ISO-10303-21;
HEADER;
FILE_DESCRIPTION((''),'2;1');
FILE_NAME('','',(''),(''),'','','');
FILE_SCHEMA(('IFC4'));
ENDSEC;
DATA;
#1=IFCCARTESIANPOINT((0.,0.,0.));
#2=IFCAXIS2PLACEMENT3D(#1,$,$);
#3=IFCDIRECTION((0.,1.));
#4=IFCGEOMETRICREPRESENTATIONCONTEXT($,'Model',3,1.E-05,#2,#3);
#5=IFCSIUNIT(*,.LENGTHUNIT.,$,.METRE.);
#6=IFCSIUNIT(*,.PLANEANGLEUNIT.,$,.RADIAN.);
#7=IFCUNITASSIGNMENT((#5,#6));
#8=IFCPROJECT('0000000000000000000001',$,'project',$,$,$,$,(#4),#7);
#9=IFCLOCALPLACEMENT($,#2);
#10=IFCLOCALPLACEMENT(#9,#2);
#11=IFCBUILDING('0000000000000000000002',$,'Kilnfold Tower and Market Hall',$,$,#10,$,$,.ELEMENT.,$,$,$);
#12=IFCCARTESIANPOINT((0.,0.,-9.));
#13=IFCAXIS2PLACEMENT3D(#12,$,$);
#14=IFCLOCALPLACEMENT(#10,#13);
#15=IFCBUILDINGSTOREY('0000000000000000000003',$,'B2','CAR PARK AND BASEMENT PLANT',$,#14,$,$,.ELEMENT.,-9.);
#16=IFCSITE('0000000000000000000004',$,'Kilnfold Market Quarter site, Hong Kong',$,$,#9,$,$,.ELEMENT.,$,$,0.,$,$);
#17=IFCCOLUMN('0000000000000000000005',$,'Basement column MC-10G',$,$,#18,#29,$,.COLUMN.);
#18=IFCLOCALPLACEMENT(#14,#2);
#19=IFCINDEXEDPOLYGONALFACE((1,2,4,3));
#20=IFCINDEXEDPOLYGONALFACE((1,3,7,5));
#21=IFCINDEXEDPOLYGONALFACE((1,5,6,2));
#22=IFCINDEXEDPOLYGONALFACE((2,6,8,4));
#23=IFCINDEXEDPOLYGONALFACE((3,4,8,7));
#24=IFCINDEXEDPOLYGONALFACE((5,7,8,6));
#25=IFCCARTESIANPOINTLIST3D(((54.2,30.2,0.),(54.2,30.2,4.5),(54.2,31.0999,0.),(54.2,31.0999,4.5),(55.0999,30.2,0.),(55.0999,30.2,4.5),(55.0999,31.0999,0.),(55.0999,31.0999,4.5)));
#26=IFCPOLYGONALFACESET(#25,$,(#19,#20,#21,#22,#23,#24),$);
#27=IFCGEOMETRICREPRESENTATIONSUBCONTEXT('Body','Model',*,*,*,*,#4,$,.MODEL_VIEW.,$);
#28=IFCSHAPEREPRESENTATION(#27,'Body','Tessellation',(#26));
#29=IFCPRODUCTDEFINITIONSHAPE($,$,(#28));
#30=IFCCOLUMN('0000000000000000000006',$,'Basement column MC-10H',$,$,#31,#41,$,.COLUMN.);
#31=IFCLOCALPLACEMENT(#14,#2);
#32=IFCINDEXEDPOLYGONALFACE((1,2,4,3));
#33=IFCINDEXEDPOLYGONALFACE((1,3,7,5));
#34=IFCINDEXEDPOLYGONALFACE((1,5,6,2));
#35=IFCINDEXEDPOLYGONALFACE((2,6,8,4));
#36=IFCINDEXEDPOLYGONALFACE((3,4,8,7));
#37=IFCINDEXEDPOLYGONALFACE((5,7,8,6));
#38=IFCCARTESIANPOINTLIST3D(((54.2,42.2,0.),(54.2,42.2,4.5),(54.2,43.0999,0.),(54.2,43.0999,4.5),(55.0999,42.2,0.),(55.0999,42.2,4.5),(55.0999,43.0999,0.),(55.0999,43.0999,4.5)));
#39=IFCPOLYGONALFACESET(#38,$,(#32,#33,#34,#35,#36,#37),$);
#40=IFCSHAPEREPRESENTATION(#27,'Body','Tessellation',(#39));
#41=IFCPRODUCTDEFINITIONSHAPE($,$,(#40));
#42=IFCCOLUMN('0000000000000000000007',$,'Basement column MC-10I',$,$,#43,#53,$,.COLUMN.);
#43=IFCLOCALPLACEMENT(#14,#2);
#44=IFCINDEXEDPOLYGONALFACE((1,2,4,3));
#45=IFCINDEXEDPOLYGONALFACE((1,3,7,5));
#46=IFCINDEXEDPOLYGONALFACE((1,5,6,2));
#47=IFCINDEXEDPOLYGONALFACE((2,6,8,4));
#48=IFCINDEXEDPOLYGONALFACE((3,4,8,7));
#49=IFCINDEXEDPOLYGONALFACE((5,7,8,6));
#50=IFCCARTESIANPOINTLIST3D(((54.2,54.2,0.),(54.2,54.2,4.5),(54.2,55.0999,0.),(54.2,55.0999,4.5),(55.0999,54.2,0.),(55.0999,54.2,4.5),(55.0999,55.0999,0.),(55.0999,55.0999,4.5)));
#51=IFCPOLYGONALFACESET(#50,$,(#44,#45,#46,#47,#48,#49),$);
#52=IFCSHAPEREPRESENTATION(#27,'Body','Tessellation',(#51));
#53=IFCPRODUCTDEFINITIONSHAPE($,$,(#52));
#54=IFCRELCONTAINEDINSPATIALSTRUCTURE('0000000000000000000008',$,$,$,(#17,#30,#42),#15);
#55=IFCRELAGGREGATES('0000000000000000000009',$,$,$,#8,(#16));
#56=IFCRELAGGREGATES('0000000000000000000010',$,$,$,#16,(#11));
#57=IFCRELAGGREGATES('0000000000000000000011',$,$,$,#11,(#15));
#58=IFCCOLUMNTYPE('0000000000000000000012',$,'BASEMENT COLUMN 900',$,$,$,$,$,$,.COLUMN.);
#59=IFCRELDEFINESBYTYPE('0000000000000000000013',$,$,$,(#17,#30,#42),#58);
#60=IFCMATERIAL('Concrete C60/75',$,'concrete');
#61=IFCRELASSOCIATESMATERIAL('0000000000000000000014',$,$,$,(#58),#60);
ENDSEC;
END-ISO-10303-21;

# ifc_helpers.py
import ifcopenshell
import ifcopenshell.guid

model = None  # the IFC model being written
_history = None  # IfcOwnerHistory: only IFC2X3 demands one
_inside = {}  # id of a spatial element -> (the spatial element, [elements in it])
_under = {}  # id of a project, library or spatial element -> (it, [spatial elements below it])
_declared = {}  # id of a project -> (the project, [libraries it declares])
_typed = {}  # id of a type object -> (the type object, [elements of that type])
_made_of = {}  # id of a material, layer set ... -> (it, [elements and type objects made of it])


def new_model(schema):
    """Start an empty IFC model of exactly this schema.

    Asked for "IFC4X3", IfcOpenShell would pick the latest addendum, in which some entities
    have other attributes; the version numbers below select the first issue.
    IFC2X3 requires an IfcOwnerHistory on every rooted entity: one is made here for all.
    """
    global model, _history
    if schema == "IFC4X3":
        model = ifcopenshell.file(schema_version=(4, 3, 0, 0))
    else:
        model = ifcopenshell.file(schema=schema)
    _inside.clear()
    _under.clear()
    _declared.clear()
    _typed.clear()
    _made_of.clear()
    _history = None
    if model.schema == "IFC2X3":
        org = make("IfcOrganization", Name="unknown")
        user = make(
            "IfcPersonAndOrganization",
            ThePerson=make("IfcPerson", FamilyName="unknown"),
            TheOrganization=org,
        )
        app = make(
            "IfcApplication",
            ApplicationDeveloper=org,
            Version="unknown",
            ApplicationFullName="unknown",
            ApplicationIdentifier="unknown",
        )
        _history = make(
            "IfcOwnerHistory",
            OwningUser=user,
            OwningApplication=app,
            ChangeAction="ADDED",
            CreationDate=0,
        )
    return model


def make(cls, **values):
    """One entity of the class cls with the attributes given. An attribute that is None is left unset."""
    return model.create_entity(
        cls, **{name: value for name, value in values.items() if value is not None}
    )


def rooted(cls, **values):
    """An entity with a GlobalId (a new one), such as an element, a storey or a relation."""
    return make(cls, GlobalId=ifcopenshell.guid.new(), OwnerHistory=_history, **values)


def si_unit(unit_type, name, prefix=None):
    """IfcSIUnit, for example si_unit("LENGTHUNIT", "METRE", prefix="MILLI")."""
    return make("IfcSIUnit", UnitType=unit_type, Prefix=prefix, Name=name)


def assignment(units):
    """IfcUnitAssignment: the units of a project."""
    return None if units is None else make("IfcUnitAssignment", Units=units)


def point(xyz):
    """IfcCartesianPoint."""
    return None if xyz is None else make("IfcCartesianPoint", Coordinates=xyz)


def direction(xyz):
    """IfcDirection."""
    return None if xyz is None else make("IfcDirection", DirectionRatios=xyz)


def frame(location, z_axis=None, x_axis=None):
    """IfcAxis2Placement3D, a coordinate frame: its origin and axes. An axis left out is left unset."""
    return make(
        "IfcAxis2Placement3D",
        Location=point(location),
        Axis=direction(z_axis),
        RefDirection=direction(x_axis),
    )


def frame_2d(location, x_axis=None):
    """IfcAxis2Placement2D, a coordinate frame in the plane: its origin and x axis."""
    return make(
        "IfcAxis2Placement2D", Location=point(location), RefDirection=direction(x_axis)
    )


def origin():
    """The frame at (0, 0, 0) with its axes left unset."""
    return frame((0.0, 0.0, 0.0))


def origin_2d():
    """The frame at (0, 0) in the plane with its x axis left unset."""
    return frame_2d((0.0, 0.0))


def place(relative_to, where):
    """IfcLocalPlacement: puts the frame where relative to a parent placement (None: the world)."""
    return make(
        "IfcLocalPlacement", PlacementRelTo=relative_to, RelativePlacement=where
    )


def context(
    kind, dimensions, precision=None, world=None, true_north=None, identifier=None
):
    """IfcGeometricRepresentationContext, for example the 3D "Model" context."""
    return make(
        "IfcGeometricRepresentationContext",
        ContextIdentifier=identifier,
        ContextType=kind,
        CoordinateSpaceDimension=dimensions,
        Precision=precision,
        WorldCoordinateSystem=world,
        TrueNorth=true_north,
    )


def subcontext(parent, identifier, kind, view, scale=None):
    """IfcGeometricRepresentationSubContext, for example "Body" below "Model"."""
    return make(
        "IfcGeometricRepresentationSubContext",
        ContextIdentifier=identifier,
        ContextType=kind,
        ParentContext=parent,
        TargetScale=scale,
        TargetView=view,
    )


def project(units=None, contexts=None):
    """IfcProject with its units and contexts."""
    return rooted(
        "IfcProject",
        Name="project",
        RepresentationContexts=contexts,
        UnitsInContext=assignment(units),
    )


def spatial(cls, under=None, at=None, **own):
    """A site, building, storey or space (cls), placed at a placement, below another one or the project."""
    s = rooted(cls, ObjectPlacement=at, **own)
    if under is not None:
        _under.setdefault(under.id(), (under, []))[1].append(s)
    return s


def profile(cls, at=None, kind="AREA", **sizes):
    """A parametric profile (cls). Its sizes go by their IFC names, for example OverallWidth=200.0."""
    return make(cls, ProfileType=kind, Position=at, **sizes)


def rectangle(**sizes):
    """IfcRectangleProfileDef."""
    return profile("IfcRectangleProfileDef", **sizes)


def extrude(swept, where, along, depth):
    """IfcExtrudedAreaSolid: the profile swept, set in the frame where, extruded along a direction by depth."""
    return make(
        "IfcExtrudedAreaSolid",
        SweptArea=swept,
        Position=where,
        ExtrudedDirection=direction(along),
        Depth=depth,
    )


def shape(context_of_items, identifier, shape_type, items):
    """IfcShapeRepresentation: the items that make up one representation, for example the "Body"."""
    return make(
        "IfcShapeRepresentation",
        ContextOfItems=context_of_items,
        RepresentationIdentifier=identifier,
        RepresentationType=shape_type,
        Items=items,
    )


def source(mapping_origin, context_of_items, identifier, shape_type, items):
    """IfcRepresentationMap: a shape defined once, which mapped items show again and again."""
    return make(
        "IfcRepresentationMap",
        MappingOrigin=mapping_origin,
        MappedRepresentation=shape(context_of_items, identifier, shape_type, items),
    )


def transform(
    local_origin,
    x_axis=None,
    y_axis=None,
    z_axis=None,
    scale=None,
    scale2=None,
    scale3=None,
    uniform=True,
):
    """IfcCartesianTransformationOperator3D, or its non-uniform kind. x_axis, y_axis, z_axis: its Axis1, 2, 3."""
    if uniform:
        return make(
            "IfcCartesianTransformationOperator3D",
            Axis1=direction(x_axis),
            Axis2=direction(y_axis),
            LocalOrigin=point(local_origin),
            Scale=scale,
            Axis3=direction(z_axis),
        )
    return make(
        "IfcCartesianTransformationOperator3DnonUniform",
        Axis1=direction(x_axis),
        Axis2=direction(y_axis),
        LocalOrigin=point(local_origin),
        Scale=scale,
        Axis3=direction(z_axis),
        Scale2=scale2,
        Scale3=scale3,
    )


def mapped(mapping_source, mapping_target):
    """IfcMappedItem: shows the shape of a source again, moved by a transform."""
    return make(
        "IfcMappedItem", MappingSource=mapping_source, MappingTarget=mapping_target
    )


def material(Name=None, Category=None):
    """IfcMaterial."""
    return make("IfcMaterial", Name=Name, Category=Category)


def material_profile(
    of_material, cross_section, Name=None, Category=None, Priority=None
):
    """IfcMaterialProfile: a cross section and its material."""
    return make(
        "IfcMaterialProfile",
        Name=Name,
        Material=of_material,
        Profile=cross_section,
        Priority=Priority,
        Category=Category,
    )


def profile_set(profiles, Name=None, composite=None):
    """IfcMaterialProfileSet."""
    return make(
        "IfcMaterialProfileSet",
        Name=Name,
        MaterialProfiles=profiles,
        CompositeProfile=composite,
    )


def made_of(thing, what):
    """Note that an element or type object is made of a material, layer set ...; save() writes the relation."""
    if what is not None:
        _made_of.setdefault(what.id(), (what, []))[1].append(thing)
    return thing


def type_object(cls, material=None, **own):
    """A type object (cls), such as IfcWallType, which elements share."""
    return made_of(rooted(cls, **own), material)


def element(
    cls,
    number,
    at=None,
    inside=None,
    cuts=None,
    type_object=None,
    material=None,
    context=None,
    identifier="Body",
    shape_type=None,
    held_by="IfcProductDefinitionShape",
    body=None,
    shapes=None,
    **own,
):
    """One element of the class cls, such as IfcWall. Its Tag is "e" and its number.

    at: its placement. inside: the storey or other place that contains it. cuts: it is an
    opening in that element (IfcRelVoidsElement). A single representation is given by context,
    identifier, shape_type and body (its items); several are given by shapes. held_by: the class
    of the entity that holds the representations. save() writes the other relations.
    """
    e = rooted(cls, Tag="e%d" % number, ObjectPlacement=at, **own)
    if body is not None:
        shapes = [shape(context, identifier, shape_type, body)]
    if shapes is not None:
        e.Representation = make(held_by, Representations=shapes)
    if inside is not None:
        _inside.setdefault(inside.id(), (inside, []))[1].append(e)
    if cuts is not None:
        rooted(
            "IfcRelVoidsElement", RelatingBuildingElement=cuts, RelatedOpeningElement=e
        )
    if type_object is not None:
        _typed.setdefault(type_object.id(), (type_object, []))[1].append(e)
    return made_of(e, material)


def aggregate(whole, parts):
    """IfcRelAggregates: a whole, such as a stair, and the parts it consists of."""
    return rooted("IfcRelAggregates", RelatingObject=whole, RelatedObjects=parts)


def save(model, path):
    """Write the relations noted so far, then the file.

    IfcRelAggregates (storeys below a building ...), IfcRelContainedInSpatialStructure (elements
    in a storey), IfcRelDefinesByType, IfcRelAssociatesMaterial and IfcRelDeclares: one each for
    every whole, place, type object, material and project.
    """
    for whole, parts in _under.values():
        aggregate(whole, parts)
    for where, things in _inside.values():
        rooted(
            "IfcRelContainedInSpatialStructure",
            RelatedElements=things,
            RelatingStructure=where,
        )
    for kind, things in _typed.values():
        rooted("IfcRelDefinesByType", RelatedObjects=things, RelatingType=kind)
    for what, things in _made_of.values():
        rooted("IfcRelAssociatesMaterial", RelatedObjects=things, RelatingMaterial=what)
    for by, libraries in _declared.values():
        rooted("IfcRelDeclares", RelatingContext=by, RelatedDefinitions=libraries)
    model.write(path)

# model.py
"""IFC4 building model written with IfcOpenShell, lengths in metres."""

from ifc_helpers import new_model, si_unit, direction, frame, origin, origin_2d, place, context, subcontext, project, spatial, rectangle, extrude, source, transform, mapped, material, material_profile, profile_set, type_object, element, save


model = new_model("IFC4")

# Units and contexts
model_context = context("Model", 3, precision=1e-05, world=origin(), true_north=direction((0.0, 1.0)))
body_context = subcontext(model_context, "Body", "Model", "MODEL_VIEW")
ifc_project = project(units=[si_unit("LENGTHUNIT", "METRE"), si_unit("PLANEANGLEUNIT", "RADIAN")], contexts=[model_context])

# Site, building, storey
site_placement = place(None, origin())
site = spatial("IfcSite", under=ifc_project, at=site_placement, Name="Kilnfold Market Quarter site, Hong Kong", CompositionType="ELEMENT", RefElevation=0.0)
building_placement = place(site_placement, origin())
building = spatial("IfcBuilding", under=site, at=building_placement, Name="Kilnfold Tower and Market Hall", CompositionType="ELEMENT")
storey_placement = place(building_placement, frame((0.0, 0.0, -9.0)))
storey = spatial("IfcBuildingStorey", under=building, at=storey_placement, Name="B2", Description="CAR PARK AND BASEMENT PLANT", CompositionType="ELEMENT", Elevation=-9.0)

# Columns
ifc_material_1 = material(Name="Concrete C60/75", Category="concrete")
ifc_material_profile_1 = material_profile(ifc_material_1, rectangle(XDim=0.8999, YDim=0.8999, at=origin_2d()), Name="RC 900x900")
ifc_profile_set_1 = profile_set([ifc_material_profile_1], Name="Concrete C60/75")
column_type = type_object("IfcColumnType", Name="BASEMENT COLUMN 900", PredefinedType="COLUMN", material=ifc_profile_set_1)
shared_shape_1 = source(origin(), body_context, "Body", "SweptSolid", [
    extrude(rectangle(XDim=0.8999, YDim=0.8999, at=origin_2d()), origin(), (0.0, 0.0, 1.0), 4.5),
])
for number, where, z_axis, x_axis, name in (
    (1, (54.6499, 30.6499, 0.0), (0.0, 0.0, 1.0), (1.0, 0.0, 0.0), "Basement column MC-10G"),
    (2, (54.6499, 42.6499, 0.0), (0.0, 0.0, 1.0), (1.0, 0.0, 0.0), "Basement column MC-10H"),
    (3, (54.6499, 54.6499, 0.0), (0.0, 0.0, 1.0), (1.0, 0.0, 0.0), "Basement column MC-10I"),
):
    element("IfcColumn", number, at=place(storey_placement, frame(where, z_axis=z_axis, x_axis=x_axis)), inside=storey, type_object=column_type, Name=name, PredefinedType="COLUMN", context=body_context, shape_type="MappedRepresentation", body=[
        mapped(shared_shape_1, transform((0.0, 0.0, 0.0))),
    ])

save(model, "model.ifc")
